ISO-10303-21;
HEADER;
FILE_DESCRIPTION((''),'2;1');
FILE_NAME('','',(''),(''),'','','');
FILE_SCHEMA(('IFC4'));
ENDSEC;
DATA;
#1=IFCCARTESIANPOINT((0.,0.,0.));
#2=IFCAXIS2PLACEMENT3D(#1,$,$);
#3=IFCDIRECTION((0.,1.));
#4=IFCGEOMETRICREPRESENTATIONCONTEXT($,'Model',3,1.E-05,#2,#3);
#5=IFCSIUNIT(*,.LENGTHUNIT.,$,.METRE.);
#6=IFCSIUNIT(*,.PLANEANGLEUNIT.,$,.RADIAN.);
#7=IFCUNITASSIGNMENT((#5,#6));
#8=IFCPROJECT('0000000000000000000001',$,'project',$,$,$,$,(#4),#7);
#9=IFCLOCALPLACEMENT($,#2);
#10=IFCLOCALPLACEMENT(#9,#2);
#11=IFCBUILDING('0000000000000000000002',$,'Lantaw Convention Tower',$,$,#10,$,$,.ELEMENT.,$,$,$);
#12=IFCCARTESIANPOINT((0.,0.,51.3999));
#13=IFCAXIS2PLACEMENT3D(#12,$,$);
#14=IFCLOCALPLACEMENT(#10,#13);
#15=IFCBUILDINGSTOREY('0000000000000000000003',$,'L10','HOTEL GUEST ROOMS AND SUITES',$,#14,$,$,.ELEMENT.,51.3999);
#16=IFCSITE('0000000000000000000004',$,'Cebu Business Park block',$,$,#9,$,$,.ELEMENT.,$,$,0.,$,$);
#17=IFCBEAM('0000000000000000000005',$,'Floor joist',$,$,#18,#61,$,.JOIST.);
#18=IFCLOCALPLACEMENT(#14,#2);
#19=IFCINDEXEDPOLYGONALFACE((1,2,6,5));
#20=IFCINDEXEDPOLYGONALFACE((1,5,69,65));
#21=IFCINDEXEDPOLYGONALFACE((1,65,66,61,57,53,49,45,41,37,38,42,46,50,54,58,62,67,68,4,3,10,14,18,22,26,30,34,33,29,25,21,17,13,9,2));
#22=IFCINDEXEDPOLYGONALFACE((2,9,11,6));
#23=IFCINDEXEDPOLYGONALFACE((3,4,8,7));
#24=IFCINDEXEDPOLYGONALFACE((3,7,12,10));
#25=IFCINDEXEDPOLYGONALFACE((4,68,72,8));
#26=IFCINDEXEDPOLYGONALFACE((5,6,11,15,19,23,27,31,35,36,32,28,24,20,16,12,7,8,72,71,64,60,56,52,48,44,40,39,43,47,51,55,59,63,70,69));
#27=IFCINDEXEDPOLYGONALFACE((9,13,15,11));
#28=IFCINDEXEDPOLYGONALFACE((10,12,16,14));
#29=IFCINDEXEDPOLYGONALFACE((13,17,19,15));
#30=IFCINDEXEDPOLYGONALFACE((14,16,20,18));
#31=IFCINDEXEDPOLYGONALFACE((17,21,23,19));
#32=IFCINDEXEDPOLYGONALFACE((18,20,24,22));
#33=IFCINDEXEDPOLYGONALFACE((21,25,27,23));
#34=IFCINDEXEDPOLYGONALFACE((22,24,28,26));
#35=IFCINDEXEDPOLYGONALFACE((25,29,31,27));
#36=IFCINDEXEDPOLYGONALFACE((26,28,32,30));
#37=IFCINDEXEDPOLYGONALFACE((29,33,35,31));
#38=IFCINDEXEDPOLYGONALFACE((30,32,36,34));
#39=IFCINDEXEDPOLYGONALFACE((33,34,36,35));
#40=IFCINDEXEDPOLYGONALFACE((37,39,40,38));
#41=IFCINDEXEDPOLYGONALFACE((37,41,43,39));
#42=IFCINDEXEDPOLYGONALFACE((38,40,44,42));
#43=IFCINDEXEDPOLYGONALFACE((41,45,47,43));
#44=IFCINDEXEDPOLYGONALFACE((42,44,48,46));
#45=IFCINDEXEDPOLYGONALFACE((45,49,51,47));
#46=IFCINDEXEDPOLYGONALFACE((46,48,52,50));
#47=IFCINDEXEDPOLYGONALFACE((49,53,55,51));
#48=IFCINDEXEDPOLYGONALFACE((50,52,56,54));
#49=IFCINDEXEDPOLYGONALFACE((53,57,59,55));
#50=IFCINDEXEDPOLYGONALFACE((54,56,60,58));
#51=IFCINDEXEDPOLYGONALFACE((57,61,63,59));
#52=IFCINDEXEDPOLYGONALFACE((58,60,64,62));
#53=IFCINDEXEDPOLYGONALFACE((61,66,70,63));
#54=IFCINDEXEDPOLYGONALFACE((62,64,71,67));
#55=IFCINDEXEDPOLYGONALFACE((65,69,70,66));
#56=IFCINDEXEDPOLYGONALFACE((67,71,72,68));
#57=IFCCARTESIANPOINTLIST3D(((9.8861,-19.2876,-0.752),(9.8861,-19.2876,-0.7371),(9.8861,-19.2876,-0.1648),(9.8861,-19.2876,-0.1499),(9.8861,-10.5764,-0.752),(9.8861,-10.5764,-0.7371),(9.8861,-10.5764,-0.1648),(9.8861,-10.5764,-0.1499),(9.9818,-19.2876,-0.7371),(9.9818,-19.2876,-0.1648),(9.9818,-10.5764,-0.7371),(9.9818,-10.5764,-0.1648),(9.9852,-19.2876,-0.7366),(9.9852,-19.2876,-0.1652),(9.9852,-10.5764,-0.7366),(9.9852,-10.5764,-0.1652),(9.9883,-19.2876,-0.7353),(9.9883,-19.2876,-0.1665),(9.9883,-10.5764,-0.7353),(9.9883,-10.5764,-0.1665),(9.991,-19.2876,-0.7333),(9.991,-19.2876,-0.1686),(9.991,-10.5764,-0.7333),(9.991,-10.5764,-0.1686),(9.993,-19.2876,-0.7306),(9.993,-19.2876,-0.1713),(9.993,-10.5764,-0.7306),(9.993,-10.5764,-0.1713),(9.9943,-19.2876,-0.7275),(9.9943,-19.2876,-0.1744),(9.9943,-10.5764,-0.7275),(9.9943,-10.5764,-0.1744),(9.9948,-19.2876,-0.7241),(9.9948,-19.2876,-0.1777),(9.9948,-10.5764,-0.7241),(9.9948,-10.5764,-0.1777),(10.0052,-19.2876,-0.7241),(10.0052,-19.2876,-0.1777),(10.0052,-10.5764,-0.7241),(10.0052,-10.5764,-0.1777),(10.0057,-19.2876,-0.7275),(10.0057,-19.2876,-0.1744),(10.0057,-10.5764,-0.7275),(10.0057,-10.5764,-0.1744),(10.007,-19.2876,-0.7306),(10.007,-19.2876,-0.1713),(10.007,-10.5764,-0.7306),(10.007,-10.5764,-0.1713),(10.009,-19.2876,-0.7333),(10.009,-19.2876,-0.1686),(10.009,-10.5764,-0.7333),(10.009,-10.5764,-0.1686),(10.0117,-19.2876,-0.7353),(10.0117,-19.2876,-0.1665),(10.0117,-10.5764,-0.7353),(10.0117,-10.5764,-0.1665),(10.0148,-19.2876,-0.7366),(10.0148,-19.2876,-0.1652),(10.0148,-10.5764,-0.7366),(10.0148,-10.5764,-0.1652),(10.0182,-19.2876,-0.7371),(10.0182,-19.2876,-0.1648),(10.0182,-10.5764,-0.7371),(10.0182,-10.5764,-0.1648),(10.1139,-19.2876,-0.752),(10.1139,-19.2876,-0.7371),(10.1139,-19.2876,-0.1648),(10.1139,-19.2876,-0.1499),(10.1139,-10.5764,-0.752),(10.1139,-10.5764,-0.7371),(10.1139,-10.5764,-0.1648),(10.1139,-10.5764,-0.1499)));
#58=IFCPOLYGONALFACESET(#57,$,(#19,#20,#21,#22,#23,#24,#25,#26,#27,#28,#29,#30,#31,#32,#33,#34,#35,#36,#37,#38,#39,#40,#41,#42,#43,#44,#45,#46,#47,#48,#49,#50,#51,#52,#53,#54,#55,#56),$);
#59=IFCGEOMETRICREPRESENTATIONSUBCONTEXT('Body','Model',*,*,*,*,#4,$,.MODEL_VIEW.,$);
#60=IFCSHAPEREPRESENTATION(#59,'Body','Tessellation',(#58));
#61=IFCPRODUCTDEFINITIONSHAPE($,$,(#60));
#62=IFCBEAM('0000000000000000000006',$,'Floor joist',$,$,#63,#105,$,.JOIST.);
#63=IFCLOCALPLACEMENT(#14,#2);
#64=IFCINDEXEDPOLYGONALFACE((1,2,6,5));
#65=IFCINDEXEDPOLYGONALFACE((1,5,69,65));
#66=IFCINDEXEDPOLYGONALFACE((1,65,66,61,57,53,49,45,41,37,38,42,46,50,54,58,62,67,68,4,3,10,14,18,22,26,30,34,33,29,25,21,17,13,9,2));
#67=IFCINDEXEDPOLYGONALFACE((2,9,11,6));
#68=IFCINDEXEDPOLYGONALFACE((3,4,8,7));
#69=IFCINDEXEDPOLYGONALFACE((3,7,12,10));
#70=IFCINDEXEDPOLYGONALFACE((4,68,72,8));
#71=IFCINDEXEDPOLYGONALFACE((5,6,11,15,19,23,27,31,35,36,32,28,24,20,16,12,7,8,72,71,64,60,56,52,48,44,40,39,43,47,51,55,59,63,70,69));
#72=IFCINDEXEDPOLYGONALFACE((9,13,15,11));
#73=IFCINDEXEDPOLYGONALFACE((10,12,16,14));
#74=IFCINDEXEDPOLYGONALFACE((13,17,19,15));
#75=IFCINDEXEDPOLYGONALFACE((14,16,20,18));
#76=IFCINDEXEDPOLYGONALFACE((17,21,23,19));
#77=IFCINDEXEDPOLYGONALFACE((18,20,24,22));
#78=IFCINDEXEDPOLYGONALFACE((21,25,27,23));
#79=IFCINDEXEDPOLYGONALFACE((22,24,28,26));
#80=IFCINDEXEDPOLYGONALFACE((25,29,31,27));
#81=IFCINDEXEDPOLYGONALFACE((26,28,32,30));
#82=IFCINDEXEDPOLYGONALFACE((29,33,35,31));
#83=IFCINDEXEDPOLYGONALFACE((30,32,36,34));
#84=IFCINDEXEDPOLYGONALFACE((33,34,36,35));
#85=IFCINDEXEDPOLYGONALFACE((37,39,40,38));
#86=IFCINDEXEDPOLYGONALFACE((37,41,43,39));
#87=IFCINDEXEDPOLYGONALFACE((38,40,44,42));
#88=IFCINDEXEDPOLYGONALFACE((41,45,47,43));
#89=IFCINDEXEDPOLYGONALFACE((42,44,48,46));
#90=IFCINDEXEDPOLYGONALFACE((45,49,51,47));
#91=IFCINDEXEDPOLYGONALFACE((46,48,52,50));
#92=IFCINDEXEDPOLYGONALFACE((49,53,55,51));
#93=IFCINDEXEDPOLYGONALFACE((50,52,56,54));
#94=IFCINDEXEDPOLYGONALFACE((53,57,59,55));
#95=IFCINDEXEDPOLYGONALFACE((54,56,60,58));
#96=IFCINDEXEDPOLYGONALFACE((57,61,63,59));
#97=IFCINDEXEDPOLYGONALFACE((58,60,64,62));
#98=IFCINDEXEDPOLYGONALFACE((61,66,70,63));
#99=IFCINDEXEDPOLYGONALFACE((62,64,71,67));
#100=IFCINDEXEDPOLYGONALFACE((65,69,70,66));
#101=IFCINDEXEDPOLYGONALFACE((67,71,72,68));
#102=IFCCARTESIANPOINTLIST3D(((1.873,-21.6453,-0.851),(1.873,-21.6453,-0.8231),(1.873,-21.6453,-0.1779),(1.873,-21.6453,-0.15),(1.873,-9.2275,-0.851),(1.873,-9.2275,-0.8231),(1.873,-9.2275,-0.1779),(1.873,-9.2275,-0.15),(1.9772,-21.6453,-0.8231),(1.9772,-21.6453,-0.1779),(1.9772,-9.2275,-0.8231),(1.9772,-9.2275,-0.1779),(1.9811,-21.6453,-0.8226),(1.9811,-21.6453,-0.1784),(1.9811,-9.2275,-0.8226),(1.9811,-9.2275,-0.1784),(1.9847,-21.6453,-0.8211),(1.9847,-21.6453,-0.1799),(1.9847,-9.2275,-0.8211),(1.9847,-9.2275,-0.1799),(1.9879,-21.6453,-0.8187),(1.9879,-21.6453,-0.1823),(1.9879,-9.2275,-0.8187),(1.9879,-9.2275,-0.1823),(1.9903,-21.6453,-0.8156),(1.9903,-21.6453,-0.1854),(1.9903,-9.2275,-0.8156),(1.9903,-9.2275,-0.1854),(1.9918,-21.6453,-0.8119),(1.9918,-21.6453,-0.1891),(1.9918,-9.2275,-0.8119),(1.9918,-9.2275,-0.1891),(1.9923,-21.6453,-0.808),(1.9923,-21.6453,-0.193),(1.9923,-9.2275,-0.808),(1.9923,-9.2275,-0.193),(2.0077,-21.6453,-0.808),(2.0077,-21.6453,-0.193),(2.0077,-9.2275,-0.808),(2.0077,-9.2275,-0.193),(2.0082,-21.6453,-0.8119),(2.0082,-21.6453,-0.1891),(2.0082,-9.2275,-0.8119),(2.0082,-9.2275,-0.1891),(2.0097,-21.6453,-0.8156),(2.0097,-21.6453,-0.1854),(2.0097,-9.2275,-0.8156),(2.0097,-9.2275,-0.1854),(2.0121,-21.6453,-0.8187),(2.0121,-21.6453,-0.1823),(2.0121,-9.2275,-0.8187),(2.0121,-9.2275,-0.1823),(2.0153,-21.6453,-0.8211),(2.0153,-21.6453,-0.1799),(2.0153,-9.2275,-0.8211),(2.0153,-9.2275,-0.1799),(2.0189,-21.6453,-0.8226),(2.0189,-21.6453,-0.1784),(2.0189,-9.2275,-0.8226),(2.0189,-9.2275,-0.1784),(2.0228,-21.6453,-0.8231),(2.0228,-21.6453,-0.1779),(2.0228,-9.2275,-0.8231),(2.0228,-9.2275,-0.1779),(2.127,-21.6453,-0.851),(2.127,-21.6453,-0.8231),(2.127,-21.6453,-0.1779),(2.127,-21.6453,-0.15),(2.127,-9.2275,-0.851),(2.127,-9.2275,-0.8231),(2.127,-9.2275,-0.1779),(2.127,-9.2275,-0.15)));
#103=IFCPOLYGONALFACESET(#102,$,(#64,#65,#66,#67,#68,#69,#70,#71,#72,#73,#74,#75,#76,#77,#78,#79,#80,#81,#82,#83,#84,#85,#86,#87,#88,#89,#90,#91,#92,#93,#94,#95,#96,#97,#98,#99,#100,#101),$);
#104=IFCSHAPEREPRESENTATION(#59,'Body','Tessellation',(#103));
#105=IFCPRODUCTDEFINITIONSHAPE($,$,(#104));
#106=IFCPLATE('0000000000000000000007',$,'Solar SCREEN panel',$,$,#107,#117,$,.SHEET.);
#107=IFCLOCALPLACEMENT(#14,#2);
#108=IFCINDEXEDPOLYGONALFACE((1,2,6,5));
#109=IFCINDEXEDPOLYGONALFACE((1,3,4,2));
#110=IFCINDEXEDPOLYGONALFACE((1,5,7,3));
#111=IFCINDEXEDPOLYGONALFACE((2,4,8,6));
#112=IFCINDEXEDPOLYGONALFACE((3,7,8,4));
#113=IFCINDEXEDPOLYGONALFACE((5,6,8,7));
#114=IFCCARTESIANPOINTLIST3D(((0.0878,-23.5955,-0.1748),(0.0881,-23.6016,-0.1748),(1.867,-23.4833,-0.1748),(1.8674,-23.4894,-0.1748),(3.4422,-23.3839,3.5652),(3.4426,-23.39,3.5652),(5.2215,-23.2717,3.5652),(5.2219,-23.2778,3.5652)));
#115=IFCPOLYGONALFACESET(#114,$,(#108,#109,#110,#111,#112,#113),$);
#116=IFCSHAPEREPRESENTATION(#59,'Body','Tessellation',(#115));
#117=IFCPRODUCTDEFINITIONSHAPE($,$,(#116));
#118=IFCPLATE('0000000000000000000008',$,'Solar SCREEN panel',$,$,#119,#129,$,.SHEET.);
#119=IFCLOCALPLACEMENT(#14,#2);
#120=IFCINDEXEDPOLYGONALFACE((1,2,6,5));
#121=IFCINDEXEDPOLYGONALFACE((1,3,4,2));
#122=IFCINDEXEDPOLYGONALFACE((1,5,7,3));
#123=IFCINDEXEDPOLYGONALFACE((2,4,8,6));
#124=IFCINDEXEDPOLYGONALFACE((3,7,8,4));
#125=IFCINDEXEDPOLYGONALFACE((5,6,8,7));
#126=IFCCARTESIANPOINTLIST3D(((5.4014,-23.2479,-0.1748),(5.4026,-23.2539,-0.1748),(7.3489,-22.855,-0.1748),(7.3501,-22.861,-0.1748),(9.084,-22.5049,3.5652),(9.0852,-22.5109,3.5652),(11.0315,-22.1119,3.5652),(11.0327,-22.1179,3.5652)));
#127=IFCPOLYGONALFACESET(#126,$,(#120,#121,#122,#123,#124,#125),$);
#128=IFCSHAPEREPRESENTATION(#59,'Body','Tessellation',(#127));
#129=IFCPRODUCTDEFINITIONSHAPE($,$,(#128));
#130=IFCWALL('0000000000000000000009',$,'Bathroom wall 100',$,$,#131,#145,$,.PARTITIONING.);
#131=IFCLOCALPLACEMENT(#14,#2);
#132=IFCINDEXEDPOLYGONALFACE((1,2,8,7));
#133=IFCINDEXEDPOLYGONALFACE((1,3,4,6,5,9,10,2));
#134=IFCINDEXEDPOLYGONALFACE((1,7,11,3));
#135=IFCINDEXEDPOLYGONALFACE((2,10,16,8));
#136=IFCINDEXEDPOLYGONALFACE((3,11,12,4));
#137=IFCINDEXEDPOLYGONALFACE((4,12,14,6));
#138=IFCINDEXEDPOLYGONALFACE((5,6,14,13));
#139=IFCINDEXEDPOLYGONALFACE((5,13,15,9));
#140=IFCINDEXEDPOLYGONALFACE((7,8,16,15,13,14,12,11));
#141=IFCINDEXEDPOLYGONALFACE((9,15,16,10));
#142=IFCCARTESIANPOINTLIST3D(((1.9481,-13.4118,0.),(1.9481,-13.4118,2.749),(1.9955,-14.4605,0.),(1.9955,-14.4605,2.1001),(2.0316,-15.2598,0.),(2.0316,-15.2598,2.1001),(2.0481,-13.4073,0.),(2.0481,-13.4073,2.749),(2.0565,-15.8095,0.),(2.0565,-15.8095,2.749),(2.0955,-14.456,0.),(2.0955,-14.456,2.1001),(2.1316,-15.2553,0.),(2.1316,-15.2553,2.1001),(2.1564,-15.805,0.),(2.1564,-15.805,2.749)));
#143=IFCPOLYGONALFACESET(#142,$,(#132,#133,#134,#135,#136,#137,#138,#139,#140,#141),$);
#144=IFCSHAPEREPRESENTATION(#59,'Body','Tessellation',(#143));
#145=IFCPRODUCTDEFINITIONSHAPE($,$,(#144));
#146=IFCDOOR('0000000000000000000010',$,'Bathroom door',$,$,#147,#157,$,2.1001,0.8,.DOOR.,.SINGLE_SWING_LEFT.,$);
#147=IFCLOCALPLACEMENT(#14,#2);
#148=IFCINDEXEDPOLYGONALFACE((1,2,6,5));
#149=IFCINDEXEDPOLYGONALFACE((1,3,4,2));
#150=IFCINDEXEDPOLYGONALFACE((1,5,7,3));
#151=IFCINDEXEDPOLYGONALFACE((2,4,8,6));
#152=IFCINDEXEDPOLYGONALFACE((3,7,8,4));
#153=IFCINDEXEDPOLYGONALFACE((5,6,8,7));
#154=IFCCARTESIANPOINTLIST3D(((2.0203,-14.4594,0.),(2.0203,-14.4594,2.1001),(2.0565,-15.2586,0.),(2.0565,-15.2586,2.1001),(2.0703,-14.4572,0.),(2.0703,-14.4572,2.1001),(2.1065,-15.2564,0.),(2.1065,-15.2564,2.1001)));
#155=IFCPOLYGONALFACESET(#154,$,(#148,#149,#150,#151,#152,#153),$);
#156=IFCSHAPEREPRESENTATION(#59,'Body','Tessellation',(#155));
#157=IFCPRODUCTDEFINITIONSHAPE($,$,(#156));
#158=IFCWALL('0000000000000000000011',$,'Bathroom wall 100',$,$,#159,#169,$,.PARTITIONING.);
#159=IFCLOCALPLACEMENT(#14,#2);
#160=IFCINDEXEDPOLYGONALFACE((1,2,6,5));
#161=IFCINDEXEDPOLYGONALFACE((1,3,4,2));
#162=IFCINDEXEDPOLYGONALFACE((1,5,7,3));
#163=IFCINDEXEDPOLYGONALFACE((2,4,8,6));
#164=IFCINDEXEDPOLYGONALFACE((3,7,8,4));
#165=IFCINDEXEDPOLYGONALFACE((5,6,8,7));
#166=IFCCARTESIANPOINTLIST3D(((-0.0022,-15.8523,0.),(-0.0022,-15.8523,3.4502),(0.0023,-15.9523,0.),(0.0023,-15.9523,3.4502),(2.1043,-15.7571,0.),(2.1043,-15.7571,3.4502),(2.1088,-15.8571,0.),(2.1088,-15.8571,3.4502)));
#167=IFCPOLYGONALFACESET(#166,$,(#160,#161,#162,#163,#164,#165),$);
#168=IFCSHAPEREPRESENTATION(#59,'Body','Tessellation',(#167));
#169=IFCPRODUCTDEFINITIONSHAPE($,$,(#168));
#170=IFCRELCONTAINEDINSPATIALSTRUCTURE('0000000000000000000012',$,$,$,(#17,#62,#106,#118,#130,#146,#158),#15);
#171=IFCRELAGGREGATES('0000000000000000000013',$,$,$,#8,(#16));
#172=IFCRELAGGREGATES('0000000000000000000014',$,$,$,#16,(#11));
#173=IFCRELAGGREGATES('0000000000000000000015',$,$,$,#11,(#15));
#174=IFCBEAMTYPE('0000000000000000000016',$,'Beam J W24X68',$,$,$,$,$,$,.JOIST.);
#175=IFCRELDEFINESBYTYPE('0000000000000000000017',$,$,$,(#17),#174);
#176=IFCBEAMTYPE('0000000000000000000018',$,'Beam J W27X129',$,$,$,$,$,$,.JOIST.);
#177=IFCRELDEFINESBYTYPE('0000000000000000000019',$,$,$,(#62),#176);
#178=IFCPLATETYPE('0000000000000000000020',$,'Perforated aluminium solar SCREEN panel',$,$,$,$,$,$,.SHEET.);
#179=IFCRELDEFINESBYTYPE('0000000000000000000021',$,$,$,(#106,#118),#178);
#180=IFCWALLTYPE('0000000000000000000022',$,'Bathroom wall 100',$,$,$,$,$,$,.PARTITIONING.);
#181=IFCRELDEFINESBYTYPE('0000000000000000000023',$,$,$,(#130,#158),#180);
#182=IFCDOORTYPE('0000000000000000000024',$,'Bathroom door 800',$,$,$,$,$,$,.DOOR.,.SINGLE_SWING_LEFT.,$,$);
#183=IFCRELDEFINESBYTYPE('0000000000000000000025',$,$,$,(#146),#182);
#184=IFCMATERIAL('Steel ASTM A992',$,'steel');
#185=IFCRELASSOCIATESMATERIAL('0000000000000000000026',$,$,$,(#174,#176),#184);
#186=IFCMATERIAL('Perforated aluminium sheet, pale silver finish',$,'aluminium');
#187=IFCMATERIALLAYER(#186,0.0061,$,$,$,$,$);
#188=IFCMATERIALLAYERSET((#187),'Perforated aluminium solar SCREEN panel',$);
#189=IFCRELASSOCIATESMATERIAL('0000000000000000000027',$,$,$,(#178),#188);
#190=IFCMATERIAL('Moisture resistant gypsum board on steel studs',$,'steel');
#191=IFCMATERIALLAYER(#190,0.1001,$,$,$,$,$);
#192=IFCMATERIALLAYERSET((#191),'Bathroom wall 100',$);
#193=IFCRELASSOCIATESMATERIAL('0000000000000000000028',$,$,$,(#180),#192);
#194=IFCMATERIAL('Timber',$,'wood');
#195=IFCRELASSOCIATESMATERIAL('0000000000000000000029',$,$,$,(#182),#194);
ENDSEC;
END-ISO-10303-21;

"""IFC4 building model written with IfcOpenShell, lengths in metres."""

from ifc_helpers import new_model, si_unit, direction, frame, frame_2d, origin, origin_2d, place, context, subcontext, project, spatial, polyline, rectangle, i_section, outline, extrude, material, layer, layer_set, material_profile, profile_set, type_object, element, fill, save


model = new_model("IFC4")

# Units and contexts
model_context = context("Model", 3, precision=1e-05, world=origin(), true_north=direction((0.0, 1.0)))
body_context = subcontext(model_context, "Body", "Model", "MODEL_VIEW")
ifc_project = project(units=[si_unit("LENGTHUNIT", "METRE"), si_unit("PLANEANGLEUNIT", "RADIAN")], contexts=[model_context])

# Site, building, storey
site_placement = place(None, origin())
site = spatial("IfcSite", under=ifc_project, at=site_placement, Name="Cebu Business Park block", CompositionType="ELEMENT", RefElevation=0.0)
building_placement = place(site_placement, origin())
building = spatial("IfcBuilding", under=site, at=building_placement, Name="Lantaw Convention Tower", CompositionType="ELEMENT")
storey_placement = place(building_placement, frame((0.0, 0.0, 51.3999)))
storey = spatial("IfcBuildingStorey", under=building, at=storey_placement, Name="L10", Description="HOTEL GUEST ROOMS AND SUITES", CompositionType="ELEMENT", Elevation=51.3999)

# Beams
ifc_material_1 = material(Name="Steel ASTM A992", Category="steel")
ifc_material_profile_1 = material_profile(ifc_material_1, i_section(OverallWidth=0.2278, OverallDepth=0.6021, WebThickness=0.0105, FlangeThickness=0.0149, FilletRadius=0.0129, at=origin_2d()), Name="W24X68")
ifc_profile_set_1 = profile_set([ifc_material_profile_1], Name="Steel ASTM A992")
beam_type_1 = type_object("IfcBeamType", Name="Beam J W24X68", PredefinedType="JOIST", material=ifc_profile_set_1)
beam_1_placement = place(storey_placement, frame((10.0, -19.2876, -0.4509), z_axis=(0.0, 1.0, 0.0), x_axis=(-1.0, 0.0, 0.0)))
element("IfcBeam", 1, at=beam_1_placement, inside=storey, type_object=beam_type_1, Name="Floor joist", PredefinedType="JOIST", context=body_context, shape_type="SweptSolid", body=[
    extrude(i_section(OverallWidth=0.2278, OverallDepth=0.6021, WebThickness=0.0105, FlangeThickness=0.0149, FilletRadius=0.0129, at=origin_2d()), origin(), (0.0, 0.0, 1.0), 8.7112),
])
ifc_material_profile_2 = material_profile(ifc_material_1, i_section(OverallWidth=0.2539, OverallDepth=0.7009, WebThickness=0.0154, FlangeThickness=0.0278, FilletRadius=0.0151, at=origin_2d()), Name="W27X129")
ifc_profile_set_2 = profile_set([ifc_material_profile_2], Name="Steel ASTM A992")
beam_type_2 = type_object("IfcBeamType", Name="Beam J W27X129", PredefinedType="JOIST", material=ifc_profile_set_2)
beam_2_placement = place(storey_placement, frame((2.0, -21.6453, -0.5005), z_axis=(0.0, 1.0, 0.0), x_axis=(-1.0, 0.0, 0.0)))
element("IfcBeam", 2, at=beam_2_placement, inside=storey, type_object=beam_type_2, Name="Floor joist", PredefinedType="JOIST", context=body_context, shape_type="SweptSolid", body=[
    extrude(i_section(OverallWidth=0.2539, OverallDepth=0.7009, WebThickness=0.0154, FlangeThickness=0.0278, FilletRadius=0.0151, at=origin_2d()), origin(), (0.0, 0.0, 1.0), 12.4177),
])

# Plates
ifc_material_2 = material(Name="Perforated aluminium sheet, pale silver finish", Category="aluminium")
ifc_layer_1 = layer(ifc_material_2, 0.0061)
ifc_layer_set_1 = layer_set([ifc_layer_1], Name="Perforated aluminium solar SCREEN panel")
plate_type = type_object("IfcPlateType", Name="Perforated aluminium solar SCREEN panel", PredefinedType="SHEET", material=ifc_layer_set_1)
plate_1_placement = place(storey_placement, frame((0.0881, -23.6016, -0.1748), z_axis=(0.062924, -0.998018, 0.000014), x_axis=(0.998018, 0.062924, 0.0)))
element("IfcPlate", 3, at=plate_1_placement, inside=storey, type_object=plate_type, Name="Solar SCREEN panel", PredefinedType="SHEET", context=body_context, shape_type="SweptSolid", body=[
    extrude(outline(polyline([(0.0, 0.0), (1.7828, 0.0), (5.144, 3.74), (3.3611, 3.74), (0.0, 0.0)])), origin(), (0.0, 0.0, -1.0), 0.0061),
])
plate_2_placement = place(storey_placement, frame((5.4026, -23.2539, -0.1748), z_axis=(0.197782, -0.980246, 0.000002), x_axis=(0.980246, 0.197782, 0.0)))
element("IfcPlate", 4, at=plate_2_placement, inside=storey, type_object=plate_type, Name="Solar SCREEN panel", PredefinedType="SHEET", context=body_context, shape_type="SweptSolid", body=[
    extrude(outline(polyline([(0.0, 0.0), (1.9867, 0.0), (5.7436, 3.74), (3.7568, 3.74), (0.0, 0.0)])), origin(), (0.0, 0.0, -1.0), 0.0061),
])

# Wall, opening, door
ifc_material_3 = material(Name="Moisture resistant gypsum board on steel studs", Category="steel")
ifc_layer_2 = layer(ifc_material_3, 0.1001)
ifc_layer_set_2 = layer_set([ifc_layer_2], Name="Bathroom wall 100")
wall_type_1 = type_object("IfcWallType", Name="Bathroom wall 100", PredefinedType="PARTITIONING", material=ifc_layer_set_2)
wall_1_placement = place(storey_placement, frame((1.998, -13.4094, 0.0), z_axis=(0.0, 0.0, 1.0), x_axis=(0.045163, -0.99898, 0.0)))
wall_1 = element("IfcWall", 5, at=wall_1_placement, inside=storey, type_object=wall_type_1, Name="Bathroom wall 100", PredefinedType="PARTITIONING", context=body_context, shape_type="SweptSolid", body=[
    extrude(rectangle(XDim=2.4001, YDim=0.1001, at=frame_2d((1.2002, 0.0))), origin(), (0.0, 0.0, 1.0), 2.749),
])
opening_1_placement = place(wall_1_placement, frame((1.05, 0.0, 0.0)))
opening_1 = element("IfcOpeningElement", 6, at=opening_1_placement, cuts=wall_1, PredefinedType="OPENING", context=body_context, shape_type="SweptSolid", body=[
    extrude(rectangle(XDim=0.8, YDim=2.1001, at=frame_2d((0.3999, 1.05))), frame((0.0, 0.0601, 0.0), z_axis=(0.0, -1.0, 0.0), x_axis=(1.0, 0.0, 0.0)), (0.0, 0.0, 1.0), 0.1201),
])
ifc_material_4 = material(Name="Timber", Category="wood")
door_type_1 = type_object("IfcDoorType", Name="Bathroom door 800", OperationType="SINGLE_SWING_LEFT", PredefinedType="DOOR", material=ifc_material_4)
door_1_placement = place(opening_1_placement, origin())
door_1 = element("IfcDoor", 7, at=door_1_placement, inside=storey, type_object=door_type_1, Name="Bathroom door", OperationType="SINGLE_SWING_LEFT", OverallHeight=2.1001, OverallWidth=0.8, PredefinedType="DOOR", context=body_context, shape_type="SweptSolid", body=[
    extrude(rectangle(XDim=0.8, YDim=2.1001, at=frame_2d((0.3999, 1.05))), frame((0.0, 0.0249, 0.0), z_axis=(0.0, -1.0, 0.0), x_axis=(1.0, 0.0, 0.0)), (0.0, 0.0, 1.0), 0.05),
])
fill(opening_1, door_1)

# Wall
wall_2_placement = place(storey_placement, frame((2.1064, -15.8071, 0.0), z_axis=(0.0, 0.0, 1.0), x_axis=(-0.99898, -0.045156, 0.0)))
element("IfcWall", 8, at=wall_2_placement, inside=storey, type_object=wall_type_1, Name="Bathroom wall 100", PredefinedType="PARTITIONING", context=body_context, shape_type="SweptSolid", body=[
    extrude(rectangle(XDim=2.1086, YDim=0.1001, at=frame_2d((1.0542, 0.0))), origin(), (0.0, 0.0, 1.0), 3.4502),
])

save(model, "model.ifc")
